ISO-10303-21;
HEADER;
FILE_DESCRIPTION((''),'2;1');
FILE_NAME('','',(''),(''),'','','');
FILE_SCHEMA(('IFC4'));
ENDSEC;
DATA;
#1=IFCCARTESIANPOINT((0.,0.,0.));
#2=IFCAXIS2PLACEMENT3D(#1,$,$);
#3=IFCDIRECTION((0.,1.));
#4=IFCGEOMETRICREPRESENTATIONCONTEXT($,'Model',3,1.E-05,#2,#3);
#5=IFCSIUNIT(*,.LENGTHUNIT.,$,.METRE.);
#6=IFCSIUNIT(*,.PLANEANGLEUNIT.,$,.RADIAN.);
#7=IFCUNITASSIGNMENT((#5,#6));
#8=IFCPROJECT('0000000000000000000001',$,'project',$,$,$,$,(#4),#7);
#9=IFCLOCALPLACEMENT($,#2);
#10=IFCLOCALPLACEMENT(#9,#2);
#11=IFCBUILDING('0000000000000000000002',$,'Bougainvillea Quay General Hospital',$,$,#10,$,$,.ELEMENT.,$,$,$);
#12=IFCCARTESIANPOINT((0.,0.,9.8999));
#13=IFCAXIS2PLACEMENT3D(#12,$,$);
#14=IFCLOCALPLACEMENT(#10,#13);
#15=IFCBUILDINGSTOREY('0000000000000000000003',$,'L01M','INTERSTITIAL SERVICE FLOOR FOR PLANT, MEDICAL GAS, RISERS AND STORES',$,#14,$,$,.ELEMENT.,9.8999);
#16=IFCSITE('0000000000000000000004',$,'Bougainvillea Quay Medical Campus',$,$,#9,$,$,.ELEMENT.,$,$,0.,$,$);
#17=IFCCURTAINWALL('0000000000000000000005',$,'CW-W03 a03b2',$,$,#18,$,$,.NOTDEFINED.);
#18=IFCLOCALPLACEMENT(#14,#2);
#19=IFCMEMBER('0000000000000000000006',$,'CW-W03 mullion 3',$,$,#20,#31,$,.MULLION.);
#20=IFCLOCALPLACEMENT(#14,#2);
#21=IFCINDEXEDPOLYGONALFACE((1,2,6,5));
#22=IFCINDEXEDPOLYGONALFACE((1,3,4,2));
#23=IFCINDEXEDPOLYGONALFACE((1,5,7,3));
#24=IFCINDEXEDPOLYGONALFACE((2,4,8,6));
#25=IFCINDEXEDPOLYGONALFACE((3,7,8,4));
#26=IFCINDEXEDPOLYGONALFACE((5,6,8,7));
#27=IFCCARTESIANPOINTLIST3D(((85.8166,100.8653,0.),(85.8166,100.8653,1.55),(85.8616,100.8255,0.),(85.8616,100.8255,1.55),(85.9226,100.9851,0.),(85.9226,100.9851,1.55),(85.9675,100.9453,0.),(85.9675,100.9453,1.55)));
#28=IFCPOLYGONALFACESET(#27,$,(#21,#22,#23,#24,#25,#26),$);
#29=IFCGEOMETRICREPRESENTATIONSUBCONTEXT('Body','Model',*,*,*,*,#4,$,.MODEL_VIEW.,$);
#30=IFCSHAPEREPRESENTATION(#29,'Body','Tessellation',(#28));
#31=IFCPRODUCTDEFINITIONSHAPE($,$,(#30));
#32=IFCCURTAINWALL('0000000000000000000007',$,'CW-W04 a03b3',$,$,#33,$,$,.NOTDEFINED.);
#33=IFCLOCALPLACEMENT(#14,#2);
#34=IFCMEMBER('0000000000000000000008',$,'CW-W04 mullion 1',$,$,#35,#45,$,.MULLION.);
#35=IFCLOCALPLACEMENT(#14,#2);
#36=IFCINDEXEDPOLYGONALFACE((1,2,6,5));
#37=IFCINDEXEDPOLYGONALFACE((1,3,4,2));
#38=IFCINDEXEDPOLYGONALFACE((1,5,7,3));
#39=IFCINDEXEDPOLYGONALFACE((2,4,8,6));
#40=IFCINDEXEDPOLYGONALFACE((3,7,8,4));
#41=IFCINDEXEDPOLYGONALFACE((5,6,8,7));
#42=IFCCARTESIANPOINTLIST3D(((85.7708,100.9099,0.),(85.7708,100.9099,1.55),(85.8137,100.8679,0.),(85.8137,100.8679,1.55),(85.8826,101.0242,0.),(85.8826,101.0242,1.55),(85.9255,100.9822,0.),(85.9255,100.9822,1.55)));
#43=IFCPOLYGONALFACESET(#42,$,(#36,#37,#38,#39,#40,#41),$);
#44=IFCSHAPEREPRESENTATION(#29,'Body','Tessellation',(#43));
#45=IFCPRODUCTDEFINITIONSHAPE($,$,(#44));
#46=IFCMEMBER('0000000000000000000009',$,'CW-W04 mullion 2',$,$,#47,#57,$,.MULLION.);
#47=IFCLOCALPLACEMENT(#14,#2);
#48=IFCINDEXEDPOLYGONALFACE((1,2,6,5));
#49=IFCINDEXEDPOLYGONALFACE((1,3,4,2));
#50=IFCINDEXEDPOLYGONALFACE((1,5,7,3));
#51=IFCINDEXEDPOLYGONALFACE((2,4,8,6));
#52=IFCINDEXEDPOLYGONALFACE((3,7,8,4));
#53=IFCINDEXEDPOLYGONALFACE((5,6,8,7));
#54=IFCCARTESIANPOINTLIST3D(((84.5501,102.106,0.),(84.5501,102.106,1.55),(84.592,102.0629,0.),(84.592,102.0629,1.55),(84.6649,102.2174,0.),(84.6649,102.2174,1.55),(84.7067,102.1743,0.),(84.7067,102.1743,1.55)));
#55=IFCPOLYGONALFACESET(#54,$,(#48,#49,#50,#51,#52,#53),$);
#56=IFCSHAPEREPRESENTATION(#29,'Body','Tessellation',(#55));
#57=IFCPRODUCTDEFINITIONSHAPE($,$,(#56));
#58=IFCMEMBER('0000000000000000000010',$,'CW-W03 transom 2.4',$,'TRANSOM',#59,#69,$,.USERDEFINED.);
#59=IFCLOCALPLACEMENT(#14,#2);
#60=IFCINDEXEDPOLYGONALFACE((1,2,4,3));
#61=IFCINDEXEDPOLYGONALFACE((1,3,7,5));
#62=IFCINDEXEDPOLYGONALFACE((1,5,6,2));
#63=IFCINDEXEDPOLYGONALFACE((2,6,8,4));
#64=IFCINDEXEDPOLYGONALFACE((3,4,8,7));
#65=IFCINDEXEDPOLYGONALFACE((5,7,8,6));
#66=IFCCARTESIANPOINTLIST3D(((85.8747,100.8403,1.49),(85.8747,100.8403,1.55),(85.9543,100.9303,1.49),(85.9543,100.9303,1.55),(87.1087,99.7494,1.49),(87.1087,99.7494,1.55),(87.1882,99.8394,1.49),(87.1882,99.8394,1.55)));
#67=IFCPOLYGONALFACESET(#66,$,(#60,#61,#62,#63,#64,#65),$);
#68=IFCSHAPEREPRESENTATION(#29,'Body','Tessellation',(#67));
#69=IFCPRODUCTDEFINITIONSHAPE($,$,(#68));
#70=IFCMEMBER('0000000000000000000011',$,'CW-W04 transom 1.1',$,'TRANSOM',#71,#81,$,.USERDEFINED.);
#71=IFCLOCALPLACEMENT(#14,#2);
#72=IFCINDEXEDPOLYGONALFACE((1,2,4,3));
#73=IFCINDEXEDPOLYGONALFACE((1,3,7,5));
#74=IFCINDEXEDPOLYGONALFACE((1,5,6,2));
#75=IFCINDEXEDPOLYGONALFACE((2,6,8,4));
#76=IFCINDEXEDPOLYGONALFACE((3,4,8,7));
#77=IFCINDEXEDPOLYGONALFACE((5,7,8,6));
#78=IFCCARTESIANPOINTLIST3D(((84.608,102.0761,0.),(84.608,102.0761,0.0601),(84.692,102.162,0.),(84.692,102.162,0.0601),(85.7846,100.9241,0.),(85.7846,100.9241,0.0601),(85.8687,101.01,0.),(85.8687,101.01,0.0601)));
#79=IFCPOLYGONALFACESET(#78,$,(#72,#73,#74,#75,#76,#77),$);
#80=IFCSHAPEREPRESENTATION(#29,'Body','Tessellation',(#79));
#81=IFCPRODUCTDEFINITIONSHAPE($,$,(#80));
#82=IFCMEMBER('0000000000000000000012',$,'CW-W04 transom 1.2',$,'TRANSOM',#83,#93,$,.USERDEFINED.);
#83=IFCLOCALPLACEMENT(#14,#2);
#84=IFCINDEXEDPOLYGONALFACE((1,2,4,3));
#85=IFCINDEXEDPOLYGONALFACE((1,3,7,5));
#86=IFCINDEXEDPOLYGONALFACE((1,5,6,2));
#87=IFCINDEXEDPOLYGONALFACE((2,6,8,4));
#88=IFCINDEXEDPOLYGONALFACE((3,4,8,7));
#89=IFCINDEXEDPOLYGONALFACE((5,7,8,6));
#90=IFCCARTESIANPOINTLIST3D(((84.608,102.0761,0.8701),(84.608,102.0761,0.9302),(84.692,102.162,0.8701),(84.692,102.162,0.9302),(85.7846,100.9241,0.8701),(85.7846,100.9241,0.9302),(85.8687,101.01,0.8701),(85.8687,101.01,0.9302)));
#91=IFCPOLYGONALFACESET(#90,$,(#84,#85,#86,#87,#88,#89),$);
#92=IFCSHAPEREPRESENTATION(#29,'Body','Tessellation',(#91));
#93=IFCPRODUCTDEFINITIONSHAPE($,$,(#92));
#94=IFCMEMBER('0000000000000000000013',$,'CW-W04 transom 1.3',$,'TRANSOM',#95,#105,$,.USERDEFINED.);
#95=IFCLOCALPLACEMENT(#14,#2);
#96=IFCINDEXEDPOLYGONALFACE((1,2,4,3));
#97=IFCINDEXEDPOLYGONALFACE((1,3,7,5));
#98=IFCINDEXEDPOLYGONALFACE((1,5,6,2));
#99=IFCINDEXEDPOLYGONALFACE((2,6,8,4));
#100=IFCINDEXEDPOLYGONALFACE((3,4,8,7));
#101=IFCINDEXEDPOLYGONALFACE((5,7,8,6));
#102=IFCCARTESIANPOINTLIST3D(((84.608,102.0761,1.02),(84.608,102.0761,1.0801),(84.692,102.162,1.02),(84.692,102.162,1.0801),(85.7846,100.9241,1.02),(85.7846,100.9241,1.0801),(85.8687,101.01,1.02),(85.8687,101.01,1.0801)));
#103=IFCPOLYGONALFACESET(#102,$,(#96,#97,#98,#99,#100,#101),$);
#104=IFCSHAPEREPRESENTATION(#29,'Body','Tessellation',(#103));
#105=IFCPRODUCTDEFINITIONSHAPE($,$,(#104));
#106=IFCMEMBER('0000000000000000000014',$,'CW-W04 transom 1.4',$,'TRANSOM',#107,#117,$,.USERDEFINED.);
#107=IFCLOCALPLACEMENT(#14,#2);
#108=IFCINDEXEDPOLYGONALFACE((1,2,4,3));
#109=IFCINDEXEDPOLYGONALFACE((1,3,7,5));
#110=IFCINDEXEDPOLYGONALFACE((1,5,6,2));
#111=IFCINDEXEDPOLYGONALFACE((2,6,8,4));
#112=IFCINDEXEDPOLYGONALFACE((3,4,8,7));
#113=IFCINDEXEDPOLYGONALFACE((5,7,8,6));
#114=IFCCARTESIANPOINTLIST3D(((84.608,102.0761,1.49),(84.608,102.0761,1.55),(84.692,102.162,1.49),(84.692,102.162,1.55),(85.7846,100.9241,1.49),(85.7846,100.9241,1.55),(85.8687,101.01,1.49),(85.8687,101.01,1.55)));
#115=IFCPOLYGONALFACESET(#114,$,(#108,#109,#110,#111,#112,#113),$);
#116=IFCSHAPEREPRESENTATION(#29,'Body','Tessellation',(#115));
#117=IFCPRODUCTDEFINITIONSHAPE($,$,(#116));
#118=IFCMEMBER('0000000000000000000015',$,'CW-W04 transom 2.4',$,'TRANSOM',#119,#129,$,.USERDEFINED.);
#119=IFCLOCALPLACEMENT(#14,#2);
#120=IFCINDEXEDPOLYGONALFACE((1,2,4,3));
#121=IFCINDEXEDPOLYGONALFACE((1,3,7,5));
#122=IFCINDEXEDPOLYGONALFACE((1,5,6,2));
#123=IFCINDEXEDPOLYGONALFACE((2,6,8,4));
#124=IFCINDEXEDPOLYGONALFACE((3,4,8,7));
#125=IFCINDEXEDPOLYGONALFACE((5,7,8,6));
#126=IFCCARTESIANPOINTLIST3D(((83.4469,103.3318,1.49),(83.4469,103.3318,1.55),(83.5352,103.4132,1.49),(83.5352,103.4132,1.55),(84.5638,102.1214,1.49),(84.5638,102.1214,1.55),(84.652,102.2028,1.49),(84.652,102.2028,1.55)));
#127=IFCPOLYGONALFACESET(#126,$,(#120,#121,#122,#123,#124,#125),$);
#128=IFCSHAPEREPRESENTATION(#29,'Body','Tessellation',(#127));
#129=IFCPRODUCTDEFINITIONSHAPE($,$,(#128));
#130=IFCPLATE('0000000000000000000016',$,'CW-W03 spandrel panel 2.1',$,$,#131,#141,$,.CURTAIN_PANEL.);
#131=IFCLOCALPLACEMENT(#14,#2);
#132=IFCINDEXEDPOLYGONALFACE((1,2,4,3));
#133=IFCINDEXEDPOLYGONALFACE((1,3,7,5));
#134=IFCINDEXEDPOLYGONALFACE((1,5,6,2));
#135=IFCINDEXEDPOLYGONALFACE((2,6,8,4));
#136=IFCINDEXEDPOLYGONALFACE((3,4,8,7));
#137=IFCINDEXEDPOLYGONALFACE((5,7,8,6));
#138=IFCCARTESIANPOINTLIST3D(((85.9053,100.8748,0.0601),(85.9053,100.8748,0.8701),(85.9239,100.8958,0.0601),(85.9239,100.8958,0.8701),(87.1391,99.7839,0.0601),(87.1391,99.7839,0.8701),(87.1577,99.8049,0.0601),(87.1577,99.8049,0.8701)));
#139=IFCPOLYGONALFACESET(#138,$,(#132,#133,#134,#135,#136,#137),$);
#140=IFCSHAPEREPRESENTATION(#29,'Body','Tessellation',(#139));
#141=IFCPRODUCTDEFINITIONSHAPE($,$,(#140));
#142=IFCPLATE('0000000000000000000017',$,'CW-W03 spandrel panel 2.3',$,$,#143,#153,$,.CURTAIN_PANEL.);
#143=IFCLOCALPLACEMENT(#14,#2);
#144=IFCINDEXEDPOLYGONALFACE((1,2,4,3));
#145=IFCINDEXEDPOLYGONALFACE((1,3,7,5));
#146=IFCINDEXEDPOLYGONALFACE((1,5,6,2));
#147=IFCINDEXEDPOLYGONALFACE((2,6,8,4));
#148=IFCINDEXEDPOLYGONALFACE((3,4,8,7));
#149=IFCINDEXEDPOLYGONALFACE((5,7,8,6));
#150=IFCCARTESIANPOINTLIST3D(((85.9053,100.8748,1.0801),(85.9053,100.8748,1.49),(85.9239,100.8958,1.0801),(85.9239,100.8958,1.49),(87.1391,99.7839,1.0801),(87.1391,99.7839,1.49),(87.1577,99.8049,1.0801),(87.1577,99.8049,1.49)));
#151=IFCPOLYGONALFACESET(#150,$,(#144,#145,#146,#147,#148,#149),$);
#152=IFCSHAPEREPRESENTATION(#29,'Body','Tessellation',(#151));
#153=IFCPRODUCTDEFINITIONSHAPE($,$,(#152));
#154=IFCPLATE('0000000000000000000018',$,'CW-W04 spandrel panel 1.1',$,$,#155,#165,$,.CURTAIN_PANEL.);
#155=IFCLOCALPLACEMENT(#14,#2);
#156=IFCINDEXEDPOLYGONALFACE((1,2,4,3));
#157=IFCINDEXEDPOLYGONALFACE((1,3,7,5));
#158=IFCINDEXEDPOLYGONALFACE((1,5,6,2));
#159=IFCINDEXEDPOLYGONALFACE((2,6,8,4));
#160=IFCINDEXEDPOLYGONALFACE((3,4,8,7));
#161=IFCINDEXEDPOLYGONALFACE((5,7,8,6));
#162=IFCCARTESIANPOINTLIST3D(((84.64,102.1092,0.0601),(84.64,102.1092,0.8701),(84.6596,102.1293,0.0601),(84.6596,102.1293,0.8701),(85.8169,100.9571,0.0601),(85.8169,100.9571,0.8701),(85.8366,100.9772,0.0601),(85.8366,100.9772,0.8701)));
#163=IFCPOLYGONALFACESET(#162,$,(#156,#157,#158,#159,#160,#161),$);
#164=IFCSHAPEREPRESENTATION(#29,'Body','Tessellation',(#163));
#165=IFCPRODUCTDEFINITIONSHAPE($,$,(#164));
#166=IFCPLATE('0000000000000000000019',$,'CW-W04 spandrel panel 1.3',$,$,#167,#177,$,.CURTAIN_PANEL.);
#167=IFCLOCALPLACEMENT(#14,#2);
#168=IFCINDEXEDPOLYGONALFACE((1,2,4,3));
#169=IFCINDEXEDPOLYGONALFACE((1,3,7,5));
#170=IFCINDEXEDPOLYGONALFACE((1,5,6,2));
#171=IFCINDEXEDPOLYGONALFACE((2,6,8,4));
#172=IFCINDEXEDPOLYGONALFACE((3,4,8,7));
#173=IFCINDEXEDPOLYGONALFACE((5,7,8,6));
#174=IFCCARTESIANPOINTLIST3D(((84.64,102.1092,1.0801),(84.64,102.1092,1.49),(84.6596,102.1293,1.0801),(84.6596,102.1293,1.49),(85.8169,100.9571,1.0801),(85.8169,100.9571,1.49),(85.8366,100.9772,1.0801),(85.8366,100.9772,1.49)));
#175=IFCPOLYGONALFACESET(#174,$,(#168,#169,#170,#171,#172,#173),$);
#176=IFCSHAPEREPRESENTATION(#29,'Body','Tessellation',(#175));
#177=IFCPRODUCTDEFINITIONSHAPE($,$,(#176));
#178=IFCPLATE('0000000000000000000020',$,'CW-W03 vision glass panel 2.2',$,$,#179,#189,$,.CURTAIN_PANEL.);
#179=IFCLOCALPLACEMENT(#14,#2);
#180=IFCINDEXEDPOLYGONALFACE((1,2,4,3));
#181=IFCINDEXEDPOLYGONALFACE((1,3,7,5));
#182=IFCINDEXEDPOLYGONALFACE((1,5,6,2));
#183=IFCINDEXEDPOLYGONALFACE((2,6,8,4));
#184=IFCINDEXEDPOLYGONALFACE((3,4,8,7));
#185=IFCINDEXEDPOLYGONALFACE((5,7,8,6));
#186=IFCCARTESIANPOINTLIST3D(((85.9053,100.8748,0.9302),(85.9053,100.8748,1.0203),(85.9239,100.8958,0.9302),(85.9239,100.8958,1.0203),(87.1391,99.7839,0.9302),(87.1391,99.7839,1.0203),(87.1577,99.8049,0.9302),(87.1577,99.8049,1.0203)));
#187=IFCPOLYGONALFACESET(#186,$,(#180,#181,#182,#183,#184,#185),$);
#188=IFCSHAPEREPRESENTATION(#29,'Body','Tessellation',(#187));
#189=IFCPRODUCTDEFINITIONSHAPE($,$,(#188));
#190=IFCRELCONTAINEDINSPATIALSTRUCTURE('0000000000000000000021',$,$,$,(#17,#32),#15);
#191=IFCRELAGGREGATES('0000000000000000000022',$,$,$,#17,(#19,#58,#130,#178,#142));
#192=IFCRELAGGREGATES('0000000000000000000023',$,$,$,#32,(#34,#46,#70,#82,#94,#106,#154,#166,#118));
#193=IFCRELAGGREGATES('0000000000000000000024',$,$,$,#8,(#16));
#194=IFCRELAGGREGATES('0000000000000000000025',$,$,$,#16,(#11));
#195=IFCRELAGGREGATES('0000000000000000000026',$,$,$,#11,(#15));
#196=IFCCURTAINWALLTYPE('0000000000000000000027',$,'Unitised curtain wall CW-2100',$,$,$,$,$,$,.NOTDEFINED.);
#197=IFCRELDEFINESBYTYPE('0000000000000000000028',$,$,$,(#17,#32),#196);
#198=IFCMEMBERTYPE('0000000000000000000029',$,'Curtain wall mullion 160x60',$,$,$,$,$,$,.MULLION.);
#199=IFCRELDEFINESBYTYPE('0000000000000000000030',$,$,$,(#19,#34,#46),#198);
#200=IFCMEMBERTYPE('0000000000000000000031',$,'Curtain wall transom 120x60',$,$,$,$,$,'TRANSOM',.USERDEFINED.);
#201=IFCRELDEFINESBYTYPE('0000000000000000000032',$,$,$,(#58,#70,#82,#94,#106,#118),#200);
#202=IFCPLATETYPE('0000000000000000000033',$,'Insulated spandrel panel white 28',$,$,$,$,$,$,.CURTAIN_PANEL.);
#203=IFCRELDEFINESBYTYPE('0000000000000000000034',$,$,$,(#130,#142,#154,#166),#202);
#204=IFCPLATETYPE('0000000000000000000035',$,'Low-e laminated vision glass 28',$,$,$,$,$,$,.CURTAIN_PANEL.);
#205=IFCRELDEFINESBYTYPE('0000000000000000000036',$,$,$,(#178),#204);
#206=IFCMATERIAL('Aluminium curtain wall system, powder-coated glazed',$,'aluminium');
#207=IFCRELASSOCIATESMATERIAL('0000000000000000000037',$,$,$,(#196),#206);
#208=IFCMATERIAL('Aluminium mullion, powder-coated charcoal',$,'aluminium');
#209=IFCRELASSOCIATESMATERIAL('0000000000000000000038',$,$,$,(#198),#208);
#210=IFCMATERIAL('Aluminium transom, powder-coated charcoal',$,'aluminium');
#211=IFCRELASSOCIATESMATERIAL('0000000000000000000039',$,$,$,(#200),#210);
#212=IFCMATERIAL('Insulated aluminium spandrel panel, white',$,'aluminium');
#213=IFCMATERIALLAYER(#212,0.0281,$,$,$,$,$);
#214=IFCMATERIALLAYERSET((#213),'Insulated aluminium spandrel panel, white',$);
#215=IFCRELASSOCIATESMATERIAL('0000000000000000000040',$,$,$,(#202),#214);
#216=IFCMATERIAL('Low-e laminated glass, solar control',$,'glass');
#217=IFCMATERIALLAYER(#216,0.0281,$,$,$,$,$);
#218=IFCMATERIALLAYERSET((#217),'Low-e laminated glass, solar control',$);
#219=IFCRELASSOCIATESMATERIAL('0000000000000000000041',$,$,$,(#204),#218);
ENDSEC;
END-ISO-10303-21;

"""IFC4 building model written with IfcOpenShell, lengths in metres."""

from ifc_helpers import new_model, si_unit, direction, frame, origin, origin_2d, place, context, subcontext, project, spatial, rectangle, extrude, material, layer, layer_set, material_profile, profile_set, type_object, element, aggregate, save


model = new_model("IFC4")

# Units and contexts
model_context = context("Model", 3, precision=1e-05, world=origin(), true_north=direction((0.0, 1.0)))
body_context = subcontext(model_context, "Body", "Model", "MODEL_VIEW")
ifc_project = project(units=[si_unit("LENGTHUNIT", "METRE"), si_unit("PLANEANGLEUNIT", "RADIAN")], contexts=[model_context])

# Site, building, storey
site_placement = place(None, origin())
site = spatial("IfcSite", under=ifc_project, at=site_placement, Name="Bougainvillea Quay Medical Campus", CompositionType="ELEMENT", RefElevation=0.0)
building_placement = place(site_placement, origin())
building = spatial("IfcBuilding", under=site, at=building_placement, Name="Bougainvillea Quay General Hospital", CompositionType="ELEMENT")
storey_placement = place(building_placement, frame((0.0, 0.0, 9.8999)))
storey = spatial("IfcBuildingStorey", under=building, at=storey_placement, Name="L01M", Description="INTERSTITIAL SERVICE FLOOR FOR PLANT, MEDICAL GAS, RISERS AND STORES", CompositionType="ELEMENT", Elevation=9.8999)

# Curtain wall, member
ifc_material_1 = material(Name="Aluminium curtain wall system, powder-coated glazed", Category="aluminium")
curtain_wall_type = type_object("IfcCurtainWallType", Name="Unitised curtain wall CW-2100", PredefinedType="NOTDEFINED", material=ifc_material_1)
curtain_wall_1_placement = place(storey_placement, origin())
curtain_wall_1 = element("IfcCurtainWall", 1, at=curtain_wall_1_placement, inside=storey, type_object=curtain_wall_type, Name="CW-W03 a03b2", PredefinedType="NOTDEFINED")
ifc_material_2 = material(Name="Aluminium mullion, powder-coated charcoal", Category="aluminium")
ifc_material_profile_1 = material_profile(ifc_material_2, rectangle(XDim=0.1599, YDim=0.0601, at=origin_2d()))
ifc_profile_set_1 = profile_set([ifc_material_profile_1], Name="Aluminium mullion, powder-coated charcoal")
member_type_1 = type_object("IfcMemberType", Name="Curtain wall mullion 160x60", PredefinedType="MULLION", material=ifc_profile_set_1)
member_1_placement = place(storey_placement, frame((85.8921, 100.9053, 0.0), z_axis=(0.0, 0.0, 1.0), x_axis=(-0.662398, -0.749152, 0.0)))
member_1 = element("IfcMember", 2, at=member_1_placement, type_object=member_type_1, Name="CW-W03 mullion 3", PredefinedType="MULLION", context=body_context, shape_type="SweptSolid", body=[
    extrude(rectangle(XDim=0.1599, YDim=0.0601, at=origin_2d()), origin(), (0.0, 0.0, 1.0), 1.55),
])

# Curtain wall, members
curtain_wall_2_placement = place(storey_placement, origin())
curtain_wall_2 = element("IfcCurtainWall", 3, at=curtain_wall_2_placement, inside=storey, type_object=curtain_wall_type, Name="CW-W04 a03b3", PredefinedType="NOTDEFINED")
member_2_placement = place(storey_placement, frame((85.8481, 100.946, 0.0), z_axis=(0.0, 0.0, 1.0), x_axis=(-0.699526, -0.714607, 0.0)))
member_2 = element("IfcMember", 4, at=member_2_placement, type_object=member_type_1, Name="CW-W04 mullion 1", PredefinedType="MULLION", context=body_context, shape_type="SweptSolid", body=[
    extrude(rectangle(XDim=0.1599, YDim=0.0601, at=origin_2d()), origin(), (0.0, 0.0, 1.0), 1.55),
])
member_3_placement = place(storey_placement, frame((84.6284, 102.1401, 0.0), z_axis=(0.0, 0.0, 1.0), x_axis=(-0.717421, -0.696639, 0.0)))
member_3 = element("IfcMember", 5, at=member_3_placement, type_object=member_type_1, Name="CW-W04 mullion 2", PredefinedType="MULLION", context=body_context, shape_type="SweptSolid", body=[
    extrude(rectangle(XDim=0.1599, YDim=0.0601, at=origin_2d()), origin(), (0.0, 0.0, 1.0), 1.55),
])

# Members
ifc_material_3 = material(Name="Aluminium transom, powder-coated charcoal", Category="aluminium")
ifc_material_profile_2 = material_profile(ifc_material_3, rectangle(XDim=0.1201, YDim=0.0601, at=origin_2d()))
ifc_profile_set_2 = profile_set([ifc_material_profile_2], Name="Aluminium transom, powder-coated charcoal")
member_type_2 = type_object("IfcMemberType", Name="Curtain wall transom 120x60", ElementType="TRANSOM", PredefinedType="USERDEFINED", material=ifc_profile_set_2)
member_4_placement = place(storey_placement, frame((87.1484, 99.7944, 1.52), z_axis=(-0.749206, 0.662337, 0.0), x_axis=(-0.662337, -0.749206, 0.0)))
member_4 = element("IfcMember", 6, at=member_4_placement, type_object=member_type_2, Name="CW-W03 transom 2.4", ObjectType="TRANSOM", PredefinedType="USERDEFINED", context=body_context, shape_type="SweptSolid", body=[
    extrude(rectangle(XDim=0.1201, YDim=0.0601, at=origin_2d()), origin(), (0.0, 0.0, 1.0), 1.647),
])
member_5_placement = place(storey_placement, frame((85.8267, 100.967, 0.03), z_axis=(-0.714554, 0.699581, 0.0), x_axis=(-0.699581, -0.714554, 0.0)))
member_5 = element("IfcMember", 7, at=member_5_placement, type_object=member_type_2, Name="CW-W04 transom 1.1", ObjectType="TRANSOM", PredefinedType="USERDEFINED", context=body_context, shape_type="SweptSolid", body=[
    extrude(rectangle(XDim=0.1201, YDim=0.0601, at=origin_2d()), origin(), (0.0, 0.0, 1.0), 1.6467),
])
member_6_placement = place(storey_placement, frame((85.8267, 100.967, 0.9001), z_axis=(-0.714554, 0.699581, 0.0), x_axis=(-0.699581, -0.714554, 0.0)))
member_6 = element("IfcMember", 8, at=member_6_placement, type_object=member_type_2, Name="CW-W04 transom 1.2", ObjectType="TRANSOM", PredefinedType="USERDEFINED", context=body_context, shape_type="SweptSolid", body=[
    extrude(rectangle(XDim=0.1201, YDim=0.0601, at=origin_2d()), origin(), (0.0, 0.0, 1.0), 1.6467),
])
member_7_placement = place(storey_placement, frame((85.8267, 100.967, 1.05), z_axis=(-0.714554, 0.699581, 0.0), x_axis=(-0.699581, -0.714554, 0.0)))
member_7 = element("IfcMember", 9, at=member_7_placement, type_object=member_type_2, Name="CW-W04 transom 1.3", ObjectType="TRANSOM", PredefinedType="USERDEFINED", context=body_context, shape_type="SweptSolid", body=[
    extrude(rectangle(XDim=0.1201, YDim=0.0601, at=origin_2d()), origin(), (0.0, 0.0, 1.0), 1.6467),
])
member_8_placement = place(storey_placement, frame((85.8267, 100.967, 1.52), z_axis=(-0.714554, 0.699581, 0.0), x_axis=(-0.699581, -0.714554, 0.0)))
member_8 = element("IfcMember", 10, at=member_8_placement, type_object=member_type_2, Name="CW-W04 transom 1.4", ObjectType="TRANSOM", PredefinedType="USERDEFINED", context=body_context, shape_type="SweptSolid", body=[
    extrude(rectangle(XDim=0.1201, YDim=0.0601, at=origin_2d()), origin(), (0.0, 0.0, 1.0), 1.6467),
])
member_9_placement = place(storey_placement, frame((84.6079, 102.1621, 1.52), z_axis=(-0.678151, 0.734923, 0.0), x_axis=(-0.734923, -0.678151, 0.0)))
member_9 = element("IfcMember", 11, at=member_9_placement, type_object=member_type_2, Name="CW-W04 transom 2.4", ObjectType="TRANSOM", PredefinedType="USERDEFINED", context=body_context, shape_type="SweptSolid", body=[
    extrude(rectangle(XDim=0.1201, YDim=0.0601, at=origin_2d()), origin(), (0.0, 0.0, 1.0), 1.647),
])

# Plates
ifc_material_4 = material(Name="Insulated aluminium spandrel panel, white", Category="aluminium")
ifc_layer_1 = layer(ifc_material_4, 0.0281)
ifc_layer_set_1 = layer_set([ifc_layer_1], Name="Insulated aluminium spandrel panel, white")
plate_type_1 = type_object("IfcPlateType", Name="Insulated spandrel panel white 28", PredefinedType="CURTAIN_PANEL", material=ifc_layer_set_1)
plate_1_placement = place(storey_placement, frame((86.5315, 100.3398, 0.0601), z_axis=(0.0, 0.0, 1.0), x_axis=(-0.749152, 0.662398, 0.0)))
plate_1 = element("IfcPlate", 12, at=plate_1_placement, type_object=plate_type_1, Name="CW-W03 spandrel panel 2.1", PredefinedType="CURTAIN_PANEL", context=body_context, shape_type="SweptSolid", body=[
    extrude(rectangle(XDim=1.647, YDim=0.0281, at=origin_2d()), origin(), (0.0, 0.0, 1.0), 0.8101),
])
plate_2_placement = place(storey_placement, frame((86.5315, 100.3398, 1.0801), z_axis=(0.0, 0.0, 1.0), x_axis=(-0.749152, 0.662398, 0.0)))
plate_2 = element("IfcPlate", 13, at=plate_2_placement, type_object=plate_type_1, Name="CW-W03 spandrel panel 2.3", PredefinedType="CURTAIN_PANEL", context=body_context, shape_type="SweptSolid", body=[
    extrude(rectangle(XDim=1.647, YDim=0.0281, at=origin_2d()), origin(), (0.0, 0.0, 1.0), 0.4099),
])
plate_3_placement = place(storey_placement, frame((85.2383, 101.5432, 0.0601), z_axis=(0.0, 0.0, 1.0), x_axis=(-0.714607, 0.699526, 0.0)))
plate_3 = element("IfcPlate", 14, at=plate_3_placement, type_object=plate_type_1, Name="CW-W04 spandrel panel 1.1", PredefinedType="CURTAIN_PANEL", context=body_context, shape_type="SweptSolid", body=[
    extrude(rectangle(XDim=1.647, YDim=0.0281, at=origin_2d()), origin(), (0.0, 0.0, 1.0), 0.8101),
])
plate_4_placement = place(storey_placement, frame((85.2383, 101.5432, 1.0801), z_axis=(0.0, 0.0, 1.0), x_axis=(-0.714607, 0.699526, 0.0)))
plate_4 = element("IfcPlate", 15, at=plate_4_placement, type_object=plate_type_1, Name="CW-W04 spandrel panel 1.3", PredefinedType="CURTAIN_PANEL", context=body_context, shape_type="SweptSolid", body=[
    extrude(rectangle(XDim=1.647, YDim=0.0281, at=origin_2d()), origin(), (0.0, 0.0, 1.0), 0.4099),
])
ifc_material_5 = material(Name="Low-e laminated glass, solar control", Category="glass")
ifc_layer_2 = layer(ifc_material_5, 0.0281)
ifc_layer_set_2 = layer_set([ifc_layer_2], Name="Low-e laminated glass, solar control")
plate_type_2 = type_object("IfcPlateType", Name="Low-e laminated vision glass 28", PredefinedType="CURTAIN_PANEL", material=ifc_layer_set_2)
plate_5_placement = place(storey_placement, frame((86.5315, 100.3398, 0.9302), z_axis=(0.0, 0.0, 1.0), x_axis=(-0.749152, 0.662398, 0.0)))
plate_5 = element("IfcPlate", 16, at=plate_5_placement, type_object=plate_type_2, Name="CW-W03 vision glass panel 2.2", PredefinedType="CURTAIN_PANEL", context=body_context, shape_type="SweptSolid", body=[
    extrude(rectangle(XDim=1.647, YDim=0.0281, at=origin_2d()), origin(), (0.0, 0.0, 1.0), 0.0901),
])
aggregate(curtain_wall_1, [member_1, member_4, plate_1, plate_5, plate_2])
aggregate(curtain_wall_2, [member_2, member_3, member_5, member_6, member_7, member_8, plate_3, plate_4, member_9])

save(model, "model.ifc")
